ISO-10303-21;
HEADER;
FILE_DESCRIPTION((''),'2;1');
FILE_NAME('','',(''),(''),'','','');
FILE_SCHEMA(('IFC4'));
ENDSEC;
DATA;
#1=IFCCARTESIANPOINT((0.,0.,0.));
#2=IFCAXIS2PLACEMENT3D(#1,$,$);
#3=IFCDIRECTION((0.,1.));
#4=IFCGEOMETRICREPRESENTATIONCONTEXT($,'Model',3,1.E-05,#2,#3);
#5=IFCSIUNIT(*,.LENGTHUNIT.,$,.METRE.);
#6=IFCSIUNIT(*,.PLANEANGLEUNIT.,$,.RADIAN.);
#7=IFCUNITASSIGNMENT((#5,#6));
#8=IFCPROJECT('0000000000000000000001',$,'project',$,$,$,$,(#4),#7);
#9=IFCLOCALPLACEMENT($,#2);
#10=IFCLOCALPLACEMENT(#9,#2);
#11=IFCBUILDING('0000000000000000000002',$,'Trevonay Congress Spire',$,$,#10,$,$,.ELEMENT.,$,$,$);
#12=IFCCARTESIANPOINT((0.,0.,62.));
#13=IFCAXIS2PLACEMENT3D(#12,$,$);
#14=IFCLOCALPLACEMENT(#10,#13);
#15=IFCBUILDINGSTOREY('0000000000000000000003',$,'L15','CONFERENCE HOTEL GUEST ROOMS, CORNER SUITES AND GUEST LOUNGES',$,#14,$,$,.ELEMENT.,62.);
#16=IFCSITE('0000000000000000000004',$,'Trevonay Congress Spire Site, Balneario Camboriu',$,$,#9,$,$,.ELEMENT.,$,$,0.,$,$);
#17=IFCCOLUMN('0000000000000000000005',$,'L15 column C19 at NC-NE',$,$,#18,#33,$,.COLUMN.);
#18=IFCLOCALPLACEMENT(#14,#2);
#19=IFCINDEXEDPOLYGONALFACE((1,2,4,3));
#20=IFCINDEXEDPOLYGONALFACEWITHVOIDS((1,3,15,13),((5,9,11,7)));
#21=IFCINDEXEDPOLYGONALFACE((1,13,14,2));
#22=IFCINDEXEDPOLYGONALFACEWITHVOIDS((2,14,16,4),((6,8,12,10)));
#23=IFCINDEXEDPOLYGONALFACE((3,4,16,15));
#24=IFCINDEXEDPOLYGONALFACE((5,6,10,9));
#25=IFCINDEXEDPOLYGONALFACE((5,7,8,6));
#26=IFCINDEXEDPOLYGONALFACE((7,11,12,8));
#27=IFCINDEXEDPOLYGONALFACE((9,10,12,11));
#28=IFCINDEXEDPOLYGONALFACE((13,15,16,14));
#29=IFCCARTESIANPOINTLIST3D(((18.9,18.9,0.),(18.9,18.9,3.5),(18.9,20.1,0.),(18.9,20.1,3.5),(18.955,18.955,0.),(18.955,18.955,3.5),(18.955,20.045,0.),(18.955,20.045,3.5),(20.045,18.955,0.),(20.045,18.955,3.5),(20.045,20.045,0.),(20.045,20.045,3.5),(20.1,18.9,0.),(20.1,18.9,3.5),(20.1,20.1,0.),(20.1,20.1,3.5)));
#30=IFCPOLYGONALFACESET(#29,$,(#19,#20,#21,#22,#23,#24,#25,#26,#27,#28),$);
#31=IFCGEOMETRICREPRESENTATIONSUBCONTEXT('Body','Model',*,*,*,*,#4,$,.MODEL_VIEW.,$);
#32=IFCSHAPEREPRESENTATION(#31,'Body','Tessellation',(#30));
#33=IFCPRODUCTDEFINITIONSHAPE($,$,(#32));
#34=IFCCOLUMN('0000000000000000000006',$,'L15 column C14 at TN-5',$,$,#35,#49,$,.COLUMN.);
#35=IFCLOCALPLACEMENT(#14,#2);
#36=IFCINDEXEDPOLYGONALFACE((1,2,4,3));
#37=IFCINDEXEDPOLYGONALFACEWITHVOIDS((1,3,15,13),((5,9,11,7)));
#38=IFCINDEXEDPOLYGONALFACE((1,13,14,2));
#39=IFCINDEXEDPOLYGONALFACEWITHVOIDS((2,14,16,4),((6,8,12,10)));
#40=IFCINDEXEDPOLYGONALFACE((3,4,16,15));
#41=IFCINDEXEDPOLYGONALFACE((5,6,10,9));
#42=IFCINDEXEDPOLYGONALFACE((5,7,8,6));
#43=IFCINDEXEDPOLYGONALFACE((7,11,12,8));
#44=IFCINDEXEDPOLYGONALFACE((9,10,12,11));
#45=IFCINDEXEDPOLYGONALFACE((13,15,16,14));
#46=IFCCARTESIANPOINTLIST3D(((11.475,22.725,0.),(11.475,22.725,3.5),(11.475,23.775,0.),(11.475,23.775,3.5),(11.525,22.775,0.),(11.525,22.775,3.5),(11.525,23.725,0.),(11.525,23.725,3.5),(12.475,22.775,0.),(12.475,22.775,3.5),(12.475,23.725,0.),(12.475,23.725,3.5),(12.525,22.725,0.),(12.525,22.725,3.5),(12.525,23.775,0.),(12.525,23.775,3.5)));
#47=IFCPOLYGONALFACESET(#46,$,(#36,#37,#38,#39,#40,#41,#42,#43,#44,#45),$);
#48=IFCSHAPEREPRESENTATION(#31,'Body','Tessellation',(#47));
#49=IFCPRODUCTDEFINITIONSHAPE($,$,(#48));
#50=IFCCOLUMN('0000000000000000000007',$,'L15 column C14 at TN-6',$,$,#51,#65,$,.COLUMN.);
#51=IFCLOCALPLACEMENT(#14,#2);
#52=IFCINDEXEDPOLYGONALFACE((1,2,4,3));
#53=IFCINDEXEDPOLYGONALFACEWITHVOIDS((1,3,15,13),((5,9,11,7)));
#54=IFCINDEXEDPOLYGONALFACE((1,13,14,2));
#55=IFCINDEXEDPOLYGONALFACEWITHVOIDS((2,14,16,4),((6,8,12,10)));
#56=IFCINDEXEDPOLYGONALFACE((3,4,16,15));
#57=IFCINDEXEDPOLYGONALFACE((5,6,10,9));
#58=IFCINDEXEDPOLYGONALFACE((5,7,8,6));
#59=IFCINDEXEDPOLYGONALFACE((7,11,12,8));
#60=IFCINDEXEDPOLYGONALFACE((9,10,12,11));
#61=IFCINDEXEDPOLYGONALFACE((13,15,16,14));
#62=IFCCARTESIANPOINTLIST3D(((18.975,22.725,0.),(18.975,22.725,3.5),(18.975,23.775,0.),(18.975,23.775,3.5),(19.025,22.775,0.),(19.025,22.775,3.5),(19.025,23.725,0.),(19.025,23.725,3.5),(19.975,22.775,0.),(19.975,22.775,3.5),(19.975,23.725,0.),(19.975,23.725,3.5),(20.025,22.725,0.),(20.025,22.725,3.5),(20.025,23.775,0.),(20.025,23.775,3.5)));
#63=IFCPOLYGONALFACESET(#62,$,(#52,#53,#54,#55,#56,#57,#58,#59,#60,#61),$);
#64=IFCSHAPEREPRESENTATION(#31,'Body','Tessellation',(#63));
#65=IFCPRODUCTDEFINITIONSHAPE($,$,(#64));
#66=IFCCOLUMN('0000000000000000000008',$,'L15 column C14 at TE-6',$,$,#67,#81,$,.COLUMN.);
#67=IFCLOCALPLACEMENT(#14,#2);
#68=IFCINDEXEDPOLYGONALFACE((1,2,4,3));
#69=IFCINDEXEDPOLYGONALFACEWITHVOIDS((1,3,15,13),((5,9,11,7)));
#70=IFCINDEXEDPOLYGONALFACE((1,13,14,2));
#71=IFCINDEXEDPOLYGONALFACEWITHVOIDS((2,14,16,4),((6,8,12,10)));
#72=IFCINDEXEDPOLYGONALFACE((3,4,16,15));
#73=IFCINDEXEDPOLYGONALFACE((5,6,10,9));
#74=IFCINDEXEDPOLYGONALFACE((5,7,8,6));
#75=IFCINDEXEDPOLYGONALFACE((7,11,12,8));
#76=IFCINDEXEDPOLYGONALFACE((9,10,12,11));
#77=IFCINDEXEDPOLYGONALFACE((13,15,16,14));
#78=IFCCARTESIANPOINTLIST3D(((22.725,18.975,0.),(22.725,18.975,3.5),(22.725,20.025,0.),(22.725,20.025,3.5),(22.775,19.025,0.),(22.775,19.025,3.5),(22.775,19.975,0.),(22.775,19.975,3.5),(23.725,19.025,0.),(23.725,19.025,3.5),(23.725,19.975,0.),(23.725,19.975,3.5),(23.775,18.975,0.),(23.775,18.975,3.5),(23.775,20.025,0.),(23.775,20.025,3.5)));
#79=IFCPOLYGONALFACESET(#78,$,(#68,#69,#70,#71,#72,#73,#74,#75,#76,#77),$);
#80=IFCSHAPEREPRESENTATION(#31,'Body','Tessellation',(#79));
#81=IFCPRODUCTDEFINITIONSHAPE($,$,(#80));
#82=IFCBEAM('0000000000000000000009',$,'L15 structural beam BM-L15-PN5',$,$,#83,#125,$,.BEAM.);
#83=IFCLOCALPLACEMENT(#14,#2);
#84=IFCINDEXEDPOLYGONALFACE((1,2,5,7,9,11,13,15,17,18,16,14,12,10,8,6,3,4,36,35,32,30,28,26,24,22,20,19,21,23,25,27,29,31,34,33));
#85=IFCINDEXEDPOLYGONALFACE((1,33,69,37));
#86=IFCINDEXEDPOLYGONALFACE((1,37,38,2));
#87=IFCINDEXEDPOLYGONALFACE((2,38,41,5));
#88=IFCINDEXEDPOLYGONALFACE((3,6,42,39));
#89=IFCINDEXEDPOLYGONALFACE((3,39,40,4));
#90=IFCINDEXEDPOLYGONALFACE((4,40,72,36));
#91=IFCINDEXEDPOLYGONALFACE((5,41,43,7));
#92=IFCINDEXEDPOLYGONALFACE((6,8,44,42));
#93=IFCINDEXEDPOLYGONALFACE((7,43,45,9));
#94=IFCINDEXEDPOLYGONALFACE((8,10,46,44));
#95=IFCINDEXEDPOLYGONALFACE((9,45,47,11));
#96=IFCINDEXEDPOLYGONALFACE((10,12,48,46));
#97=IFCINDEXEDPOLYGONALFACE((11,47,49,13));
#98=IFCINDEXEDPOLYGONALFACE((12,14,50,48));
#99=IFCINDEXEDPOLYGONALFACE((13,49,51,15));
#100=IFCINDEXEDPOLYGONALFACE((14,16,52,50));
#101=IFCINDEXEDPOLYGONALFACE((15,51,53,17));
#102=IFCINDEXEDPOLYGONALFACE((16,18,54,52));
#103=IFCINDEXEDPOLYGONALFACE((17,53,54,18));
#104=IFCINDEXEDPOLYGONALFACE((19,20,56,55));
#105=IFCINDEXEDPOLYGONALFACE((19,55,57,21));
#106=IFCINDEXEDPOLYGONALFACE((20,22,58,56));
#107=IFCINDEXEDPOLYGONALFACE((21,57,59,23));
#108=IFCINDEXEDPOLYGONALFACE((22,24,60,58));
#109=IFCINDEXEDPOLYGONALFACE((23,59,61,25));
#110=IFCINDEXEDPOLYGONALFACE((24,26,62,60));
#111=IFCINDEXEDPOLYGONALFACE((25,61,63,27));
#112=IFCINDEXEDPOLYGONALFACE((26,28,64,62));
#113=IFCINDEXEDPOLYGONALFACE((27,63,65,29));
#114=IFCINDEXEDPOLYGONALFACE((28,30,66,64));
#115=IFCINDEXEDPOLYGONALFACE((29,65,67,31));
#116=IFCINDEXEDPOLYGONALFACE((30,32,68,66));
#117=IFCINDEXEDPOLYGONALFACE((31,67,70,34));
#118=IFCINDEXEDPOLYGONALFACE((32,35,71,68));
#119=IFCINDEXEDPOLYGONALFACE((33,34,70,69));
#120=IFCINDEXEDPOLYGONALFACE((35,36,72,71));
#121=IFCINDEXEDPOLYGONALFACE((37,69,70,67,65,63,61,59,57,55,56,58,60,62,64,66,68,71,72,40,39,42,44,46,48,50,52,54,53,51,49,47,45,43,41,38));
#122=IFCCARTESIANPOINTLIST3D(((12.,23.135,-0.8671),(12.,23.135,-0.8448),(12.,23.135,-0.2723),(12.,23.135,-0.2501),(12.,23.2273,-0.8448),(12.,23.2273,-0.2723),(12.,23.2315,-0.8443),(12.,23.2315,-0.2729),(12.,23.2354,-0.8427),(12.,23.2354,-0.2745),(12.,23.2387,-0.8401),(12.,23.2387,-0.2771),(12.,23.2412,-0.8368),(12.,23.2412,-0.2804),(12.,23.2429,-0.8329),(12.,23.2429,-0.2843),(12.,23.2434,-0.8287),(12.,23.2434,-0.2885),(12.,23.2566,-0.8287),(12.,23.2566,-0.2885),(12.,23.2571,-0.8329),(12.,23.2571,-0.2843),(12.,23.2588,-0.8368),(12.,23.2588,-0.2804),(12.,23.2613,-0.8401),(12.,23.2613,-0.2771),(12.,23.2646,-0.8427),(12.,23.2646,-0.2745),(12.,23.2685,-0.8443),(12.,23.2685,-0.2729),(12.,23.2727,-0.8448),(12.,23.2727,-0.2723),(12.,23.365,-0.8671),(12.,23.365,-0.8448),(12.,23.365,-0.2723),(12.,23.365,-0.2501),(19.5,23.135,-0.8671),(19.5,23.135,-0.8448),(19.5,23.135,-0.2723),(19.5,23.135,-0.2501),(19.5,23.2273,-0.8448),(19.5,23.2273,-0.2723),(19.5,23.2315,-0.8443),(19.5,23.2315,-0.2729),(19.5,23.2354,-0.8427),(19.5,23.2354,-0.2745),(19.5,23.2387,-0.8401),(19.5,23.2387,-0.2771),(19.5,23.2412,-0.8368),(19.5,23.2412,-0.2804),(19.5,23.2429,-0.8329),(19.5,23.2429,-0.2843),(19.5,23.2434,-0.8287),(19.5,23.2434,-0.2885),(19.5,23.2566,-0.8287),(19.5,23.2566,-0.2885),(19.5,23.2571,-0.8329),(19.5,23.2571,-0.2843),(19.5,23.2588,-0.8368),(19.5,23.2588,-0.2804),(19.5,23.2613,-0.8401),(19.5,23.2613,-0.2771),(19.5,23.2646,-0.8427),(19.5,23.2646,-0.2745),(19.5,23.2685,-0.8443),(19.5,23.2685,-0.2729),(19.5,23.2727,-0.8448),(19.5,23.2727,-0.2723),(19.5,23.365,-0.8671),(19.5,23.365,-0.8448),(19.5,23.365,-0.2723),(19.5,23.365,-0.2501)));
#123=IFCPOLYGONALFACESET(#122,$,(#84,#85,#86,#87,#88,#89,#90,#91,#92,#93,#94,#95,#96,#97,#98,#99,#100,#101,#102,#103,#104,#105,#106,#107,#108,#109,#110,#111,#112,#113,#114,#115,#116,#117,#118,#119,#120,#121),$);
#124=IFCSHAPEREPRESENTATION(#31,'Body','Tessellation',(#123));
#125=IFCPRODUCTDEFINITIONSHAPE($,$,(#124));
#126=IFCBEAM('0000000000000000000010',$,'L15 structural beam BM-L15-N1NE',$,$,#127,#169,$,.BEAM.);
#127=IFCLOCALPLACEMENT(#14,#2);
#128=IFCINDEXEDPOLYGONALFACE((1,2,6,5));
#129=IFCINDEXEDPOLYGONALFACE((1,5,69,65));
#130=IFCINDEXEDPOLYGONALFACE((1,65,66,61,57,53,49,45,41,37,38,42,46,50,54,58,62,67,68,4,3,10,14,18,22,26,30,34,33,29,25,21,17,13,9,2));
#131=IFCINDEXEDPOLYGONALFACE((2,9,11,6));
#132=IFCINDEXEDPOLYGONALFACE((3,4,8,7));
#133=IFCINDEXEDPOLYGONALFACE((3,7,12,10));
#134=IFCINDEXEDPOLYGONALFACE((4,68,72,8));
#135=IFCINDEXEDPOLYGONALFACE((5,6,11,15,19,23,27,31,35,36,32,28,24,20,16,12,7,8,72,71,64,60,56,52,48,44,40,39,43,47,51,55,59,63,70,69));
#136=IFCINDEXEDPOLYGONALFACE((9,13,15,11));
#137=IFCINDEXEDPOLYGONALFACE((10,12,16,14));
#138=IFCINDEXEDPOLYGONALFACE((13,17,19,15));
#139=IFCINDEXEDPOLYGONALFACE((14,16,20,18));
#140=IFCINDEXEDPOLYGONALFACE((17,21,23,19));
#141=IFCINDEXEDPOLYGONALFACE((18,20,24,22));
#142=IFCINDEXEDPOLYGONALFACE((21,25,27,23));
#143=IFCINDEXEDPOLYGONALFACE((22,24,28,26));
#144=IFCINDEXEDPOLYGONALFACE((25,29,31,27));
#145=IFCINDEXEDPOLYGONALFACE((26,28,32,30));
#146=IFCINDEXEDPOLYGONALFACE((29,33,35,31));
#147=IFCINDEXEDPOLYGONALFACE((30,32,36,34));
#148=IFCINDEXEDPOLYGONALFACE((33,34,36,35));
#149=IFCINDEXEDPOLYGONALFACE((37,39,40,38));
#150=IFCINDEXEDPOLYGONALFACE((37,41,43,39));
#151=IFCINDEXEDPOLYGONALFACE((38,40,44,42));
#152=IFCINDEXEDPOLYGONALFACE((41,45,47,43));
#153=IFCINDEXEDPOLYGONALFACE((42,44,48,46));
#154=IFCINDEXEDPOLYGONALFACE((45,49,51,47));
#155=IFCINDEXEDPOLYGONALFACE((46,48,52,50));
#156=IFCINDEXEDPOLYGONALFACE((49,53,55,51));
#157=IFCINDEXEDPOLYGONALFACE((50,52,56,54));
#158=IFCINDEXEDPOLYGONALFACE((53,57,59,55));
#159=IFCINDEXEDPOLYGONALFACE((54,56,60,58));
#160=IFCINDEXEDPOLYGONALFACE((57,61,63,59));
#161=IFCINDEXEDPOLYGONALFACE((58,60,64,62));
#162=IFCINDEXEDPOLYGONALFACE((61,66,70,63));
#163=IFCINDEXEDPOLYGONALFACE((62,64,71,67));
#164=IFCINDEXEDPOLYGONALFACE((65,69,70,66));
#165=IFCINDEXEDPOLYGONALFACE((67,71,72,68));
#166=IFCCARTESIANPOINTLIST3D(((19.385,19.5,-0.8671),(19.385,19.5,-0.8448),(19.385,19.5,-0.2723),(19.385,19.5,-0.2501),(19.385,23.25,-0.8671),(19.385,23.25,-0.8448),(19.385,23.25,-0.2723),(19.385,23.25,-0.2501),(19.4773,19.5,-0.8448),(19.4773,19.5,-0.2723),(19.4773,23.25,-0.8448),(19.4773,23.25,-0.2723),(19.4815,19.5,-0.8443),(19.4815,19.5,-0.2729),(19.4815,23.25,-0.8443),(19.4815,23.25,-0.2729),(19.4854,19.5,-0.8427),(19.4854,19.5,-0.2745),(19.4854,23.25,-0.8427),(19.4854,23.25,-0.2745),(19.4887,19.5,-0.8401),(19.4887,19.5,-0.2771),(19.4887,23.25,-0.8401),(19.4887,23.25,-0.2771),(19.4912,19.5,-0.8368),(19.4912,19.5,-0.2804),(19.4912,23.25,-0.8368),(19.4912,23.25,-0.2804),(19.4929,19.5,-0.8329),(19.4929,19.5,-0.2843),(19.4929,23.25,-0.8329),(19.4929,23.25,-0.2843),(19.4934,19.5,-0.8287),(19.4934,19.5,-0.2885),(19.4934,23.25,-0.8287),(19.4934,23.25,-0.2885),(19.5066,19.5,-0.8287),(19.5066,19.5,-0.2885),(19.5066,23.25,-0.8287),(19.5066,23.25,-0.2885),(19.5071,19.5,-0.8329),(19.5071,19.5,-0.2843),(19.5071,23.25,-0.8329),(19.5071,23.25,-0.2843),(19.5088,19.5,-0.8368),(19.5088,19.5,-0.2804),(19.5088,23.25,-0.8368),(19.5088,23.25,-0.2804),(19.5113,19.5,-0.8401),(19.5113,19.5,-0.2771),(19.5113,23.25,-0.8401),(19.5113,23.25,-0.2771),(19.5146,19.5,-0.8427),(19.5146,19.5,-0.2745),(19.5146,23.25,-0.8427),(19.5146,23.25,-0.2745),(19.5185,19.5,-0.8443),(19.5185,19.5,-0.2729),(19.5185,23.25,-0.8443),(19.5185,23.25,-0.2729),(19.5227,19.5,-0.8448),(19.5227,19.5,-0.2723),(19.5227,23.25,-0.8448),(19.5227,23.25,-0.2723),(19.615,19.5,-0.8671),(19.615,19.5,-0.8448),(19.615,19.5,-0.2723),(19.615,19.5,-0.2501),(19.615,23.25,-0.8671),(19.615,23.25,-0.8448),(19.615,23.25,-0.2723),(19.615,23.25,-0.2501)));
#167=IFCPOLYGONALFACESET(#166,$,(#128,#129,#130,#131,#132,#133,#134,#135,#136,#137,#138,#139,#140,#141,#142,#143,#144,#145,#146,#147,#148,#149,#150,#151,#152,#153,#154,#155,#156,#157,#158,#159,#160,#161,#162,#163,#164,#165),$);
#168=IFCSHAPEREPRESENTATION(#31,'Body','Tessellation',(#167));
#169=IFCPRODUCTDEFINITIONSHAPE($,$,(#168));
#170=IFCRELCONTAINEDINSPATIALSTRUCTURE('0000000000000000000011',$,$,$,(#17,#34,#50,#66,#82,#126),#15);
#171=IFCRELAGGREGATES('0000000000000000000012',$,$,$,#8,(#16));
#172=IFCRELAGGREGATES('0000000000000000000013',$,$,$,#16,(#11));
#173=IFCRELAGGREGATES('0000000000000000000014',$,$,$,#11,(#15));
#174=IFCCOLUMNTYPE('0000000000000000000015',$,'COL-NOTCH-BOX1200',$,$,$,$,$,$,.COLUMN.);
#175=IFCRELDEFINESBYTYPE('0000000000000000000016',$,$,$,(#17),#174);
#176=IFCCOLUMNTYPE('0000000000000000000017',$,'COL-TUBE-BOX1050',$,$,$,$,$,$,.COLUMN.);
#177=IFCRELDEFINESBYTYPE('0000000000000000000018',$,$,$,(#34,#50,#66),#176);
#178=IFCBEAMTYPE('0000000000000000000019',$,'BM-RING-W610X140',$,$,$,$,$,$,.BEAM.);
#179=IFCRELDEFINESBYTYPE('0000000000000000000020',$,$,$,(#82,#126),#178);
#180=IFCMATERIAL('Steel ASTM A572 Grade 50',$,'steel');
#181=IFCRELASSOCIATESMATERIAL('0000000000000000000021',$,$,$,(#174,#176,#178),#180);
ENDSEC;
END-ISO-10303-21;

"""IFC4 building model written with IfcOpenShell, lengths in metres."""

from ifc_helpers import new_model, si_unit, direction, frame, origin, origin_2d, place, context, subcontext, project, spatial, hollow_rectangle, i_section, extrude, material, material_profile, profile_set, type_object, element, save


model = new_model("IFC4")

# Units and contexts
model_context = context("Model", 3, precision=1e-05, world=origin(), true_north=direction((0.0, 1.0)))
body_context = subcontext(model_context, "Body", "Model", "MODEL_VIEW")
ifc_project = project(units=[si_unit("LENGTHUNIT", "METRE"), si_unit("PLANEANGLEUNIT", "RADIAN")], contexts=[model_context])

# Site, building, storey
site_placement = place(None, origin())
site = spatial("IfcSite", under=ifc_project, at=site_placement, Name="Trevonay Congress Spire Site, Balneario Camboriu", CompositionType="ELEMENT", RefElevation=0.0)
building_placement = place(site_placement, origin())
building = spatial("IfcBuilding", under=site, at=building_placement, Name="Trevonay Congress Spire", CompositionType="ELEMENT")
storey_placement = place(building_placement, frame((0.0, 0.0, 62.0)))
storey = spatial("IfcBuildingStorey", under=building, at=storey_placement, Name="L15", Description="CONFERENCE HOTEL GUEST ROOMS, CORNER SUITES AND GUEST LOUNGES", CompositionType="ELEMENT", Elevation=62.0)

# Columns
ifc_material_1 = material(Name="Steel ASTM A572 Grade 50", Category="steel")
ifc_material_profile_1 = material_profile(ifc_material_1, hollow_rectangle(XDim=1.2, YDim=1.2, WallThickness=0.0549, at=origin_2d()), Name="BOX 1200x1200x55")
ifc_profile_set_1 = profile_set([ifc_material_profile_1], Name="Steel ASTM A572 Grade 50")
column_type_1 = type_object("IfcColumnType", Name="COL-NOTCH-BOX1200", PredefinedType="COLUMN", material=ifc_profile_set_1)
column_placement = place(storey_placement, frame((19.5, 19.5, 0.0), z_axis=(0.0, 0.0, 1.0), x_axis=(1.0, 0.0, 0.0)))
element("IfcColumn", 1, at=column_placement, inside=storey, type_object=column_type_1, Name="L15 column C19 at NC-NE", PredefinedType="COLUMN", context=body_context, shape_type="SweptSolid", body=[
    extrude(hollow_rectangle(XDim=1.2, YDim=1.2, WallThickness=0.0549, at=origin_2d()), origin(), (0.0, 0.0, 1.0), 3.5),
])
ifc_material_profile_2 = material_profile(ifc_material_1, hollow_rectangle(XDim=1.05, YDim=1.05, WallThickness=0.05, at=origin_2d()), Name="BOX 1050x1050x50")
ifc_profile_set_2 = profile_set([ifc_material_profile_2], Name="Steel ASTM A572 Grade 50")
column_type_2 = type_object("IfcColumnType", Name="COL-TUBE-BOX1050", PredefinedType="COLUMN", material=ifc_profile_set_2)
for number, where, z_axis, x_axis, name in (
    (2, (12.0, 23.25, 0.0), (0.0, 0.0, 1.0), (1.0, 0.0, 0.0), "L15 column C14 at TN-5"),
    (3, (19.5, 23.25, 0.0), (0.0, 0.0, 1.0), (1.0, 0.0, 0.0), "L15 column C14 at TN-6"),
    (4, (23.25, 19.5, 0.0), (0.0, 0.0, 1.0), (1.0, 0.0, 0.0), "L15 column C14 at TE-6"),
):
    element("IfcColumn", number, at=place(storey_placement, frame(where, z_axis=z_axis, x_axis=x_axis)), inside=storey, type_object=column_type_2, Name=name, PredefinedType="COLUMN", context=body_context, shape_type="SweptSolid", body=[
        extrude(hollow_rectangle(XDim=1.05, YDim=1.05, WallThickness=0.05, at=origin_2d()), origin(), (0.0, 0.0, 1.0), 3.5),
    ])

# Beams
ifc_material_profile_3 = material_profile(ifc_material_1, i_section(OverallWidth=0.23, OverallDepth=0.6169, WebThickness=0.0132, FlangeThickness=0.0222, FilletRadius=0.0161, at=origin_2d()), Name="W610x140")
ifc_profile_set_3 = profile_set([ifc_material_profile_3], Name="Steel ASTM A572 Grade 50")
beam_type = type_object("IfcBeamType", Name="BM-RING-W610X140", PredefinedType="BEAM", material=ifc_profile_set_3)
beam_placement = place(storey_placement, frame((12.0, 23.25, -0.5586), z_axis=(1.0, 0.0, 0.0), x_axis=(0.0, 1.0, 0.0)))
element("IfcBeam", 5, at=beam_placement, inside=storey, type_object=beam_type, Name="L15 structural beam BM-L15-PN5", PredefinedType="BEAM", context=body_context, shape_type="SweptSolid", body=[
    extrude(i_section(OverallWidth=0.23, OverallDepth=0.6169, WebThickness=0.0132, FlangeThickness=0.0222, FilletRadius=0.0161, at=origin_2d()), origin(), (0.0, 0.0, 1.0), 7.5),
])
for number, where, z_axis, x_axis, name in (
    (6, (19.5, 23.25, -0.5586), (0.0, -1.0, 0.0), (1.0, 0.0, 0.0), "L15 structural beam BM-L15-N1NE"),
):
    element("IfcBeam", number, at=place(storey_placement, frame(where, z_axis=z_axis, x_axis=x_axis)), inside=storey, type_object=beam_type, Name=name, PredefinedType="BEAM", context=body_context, shape_type="SweptSolid", body=[
        extrude(i_section(OverallWidth=0.23, OverallDepth=0.6169, WebThickness=0.0132, FlangeThickness=0.0222, FilletRadius=0.0161, at=origin_2d()), origin(), (0.0, 0.0, 1.0), 3.75),
    ])

save(model, "model.ifc")
